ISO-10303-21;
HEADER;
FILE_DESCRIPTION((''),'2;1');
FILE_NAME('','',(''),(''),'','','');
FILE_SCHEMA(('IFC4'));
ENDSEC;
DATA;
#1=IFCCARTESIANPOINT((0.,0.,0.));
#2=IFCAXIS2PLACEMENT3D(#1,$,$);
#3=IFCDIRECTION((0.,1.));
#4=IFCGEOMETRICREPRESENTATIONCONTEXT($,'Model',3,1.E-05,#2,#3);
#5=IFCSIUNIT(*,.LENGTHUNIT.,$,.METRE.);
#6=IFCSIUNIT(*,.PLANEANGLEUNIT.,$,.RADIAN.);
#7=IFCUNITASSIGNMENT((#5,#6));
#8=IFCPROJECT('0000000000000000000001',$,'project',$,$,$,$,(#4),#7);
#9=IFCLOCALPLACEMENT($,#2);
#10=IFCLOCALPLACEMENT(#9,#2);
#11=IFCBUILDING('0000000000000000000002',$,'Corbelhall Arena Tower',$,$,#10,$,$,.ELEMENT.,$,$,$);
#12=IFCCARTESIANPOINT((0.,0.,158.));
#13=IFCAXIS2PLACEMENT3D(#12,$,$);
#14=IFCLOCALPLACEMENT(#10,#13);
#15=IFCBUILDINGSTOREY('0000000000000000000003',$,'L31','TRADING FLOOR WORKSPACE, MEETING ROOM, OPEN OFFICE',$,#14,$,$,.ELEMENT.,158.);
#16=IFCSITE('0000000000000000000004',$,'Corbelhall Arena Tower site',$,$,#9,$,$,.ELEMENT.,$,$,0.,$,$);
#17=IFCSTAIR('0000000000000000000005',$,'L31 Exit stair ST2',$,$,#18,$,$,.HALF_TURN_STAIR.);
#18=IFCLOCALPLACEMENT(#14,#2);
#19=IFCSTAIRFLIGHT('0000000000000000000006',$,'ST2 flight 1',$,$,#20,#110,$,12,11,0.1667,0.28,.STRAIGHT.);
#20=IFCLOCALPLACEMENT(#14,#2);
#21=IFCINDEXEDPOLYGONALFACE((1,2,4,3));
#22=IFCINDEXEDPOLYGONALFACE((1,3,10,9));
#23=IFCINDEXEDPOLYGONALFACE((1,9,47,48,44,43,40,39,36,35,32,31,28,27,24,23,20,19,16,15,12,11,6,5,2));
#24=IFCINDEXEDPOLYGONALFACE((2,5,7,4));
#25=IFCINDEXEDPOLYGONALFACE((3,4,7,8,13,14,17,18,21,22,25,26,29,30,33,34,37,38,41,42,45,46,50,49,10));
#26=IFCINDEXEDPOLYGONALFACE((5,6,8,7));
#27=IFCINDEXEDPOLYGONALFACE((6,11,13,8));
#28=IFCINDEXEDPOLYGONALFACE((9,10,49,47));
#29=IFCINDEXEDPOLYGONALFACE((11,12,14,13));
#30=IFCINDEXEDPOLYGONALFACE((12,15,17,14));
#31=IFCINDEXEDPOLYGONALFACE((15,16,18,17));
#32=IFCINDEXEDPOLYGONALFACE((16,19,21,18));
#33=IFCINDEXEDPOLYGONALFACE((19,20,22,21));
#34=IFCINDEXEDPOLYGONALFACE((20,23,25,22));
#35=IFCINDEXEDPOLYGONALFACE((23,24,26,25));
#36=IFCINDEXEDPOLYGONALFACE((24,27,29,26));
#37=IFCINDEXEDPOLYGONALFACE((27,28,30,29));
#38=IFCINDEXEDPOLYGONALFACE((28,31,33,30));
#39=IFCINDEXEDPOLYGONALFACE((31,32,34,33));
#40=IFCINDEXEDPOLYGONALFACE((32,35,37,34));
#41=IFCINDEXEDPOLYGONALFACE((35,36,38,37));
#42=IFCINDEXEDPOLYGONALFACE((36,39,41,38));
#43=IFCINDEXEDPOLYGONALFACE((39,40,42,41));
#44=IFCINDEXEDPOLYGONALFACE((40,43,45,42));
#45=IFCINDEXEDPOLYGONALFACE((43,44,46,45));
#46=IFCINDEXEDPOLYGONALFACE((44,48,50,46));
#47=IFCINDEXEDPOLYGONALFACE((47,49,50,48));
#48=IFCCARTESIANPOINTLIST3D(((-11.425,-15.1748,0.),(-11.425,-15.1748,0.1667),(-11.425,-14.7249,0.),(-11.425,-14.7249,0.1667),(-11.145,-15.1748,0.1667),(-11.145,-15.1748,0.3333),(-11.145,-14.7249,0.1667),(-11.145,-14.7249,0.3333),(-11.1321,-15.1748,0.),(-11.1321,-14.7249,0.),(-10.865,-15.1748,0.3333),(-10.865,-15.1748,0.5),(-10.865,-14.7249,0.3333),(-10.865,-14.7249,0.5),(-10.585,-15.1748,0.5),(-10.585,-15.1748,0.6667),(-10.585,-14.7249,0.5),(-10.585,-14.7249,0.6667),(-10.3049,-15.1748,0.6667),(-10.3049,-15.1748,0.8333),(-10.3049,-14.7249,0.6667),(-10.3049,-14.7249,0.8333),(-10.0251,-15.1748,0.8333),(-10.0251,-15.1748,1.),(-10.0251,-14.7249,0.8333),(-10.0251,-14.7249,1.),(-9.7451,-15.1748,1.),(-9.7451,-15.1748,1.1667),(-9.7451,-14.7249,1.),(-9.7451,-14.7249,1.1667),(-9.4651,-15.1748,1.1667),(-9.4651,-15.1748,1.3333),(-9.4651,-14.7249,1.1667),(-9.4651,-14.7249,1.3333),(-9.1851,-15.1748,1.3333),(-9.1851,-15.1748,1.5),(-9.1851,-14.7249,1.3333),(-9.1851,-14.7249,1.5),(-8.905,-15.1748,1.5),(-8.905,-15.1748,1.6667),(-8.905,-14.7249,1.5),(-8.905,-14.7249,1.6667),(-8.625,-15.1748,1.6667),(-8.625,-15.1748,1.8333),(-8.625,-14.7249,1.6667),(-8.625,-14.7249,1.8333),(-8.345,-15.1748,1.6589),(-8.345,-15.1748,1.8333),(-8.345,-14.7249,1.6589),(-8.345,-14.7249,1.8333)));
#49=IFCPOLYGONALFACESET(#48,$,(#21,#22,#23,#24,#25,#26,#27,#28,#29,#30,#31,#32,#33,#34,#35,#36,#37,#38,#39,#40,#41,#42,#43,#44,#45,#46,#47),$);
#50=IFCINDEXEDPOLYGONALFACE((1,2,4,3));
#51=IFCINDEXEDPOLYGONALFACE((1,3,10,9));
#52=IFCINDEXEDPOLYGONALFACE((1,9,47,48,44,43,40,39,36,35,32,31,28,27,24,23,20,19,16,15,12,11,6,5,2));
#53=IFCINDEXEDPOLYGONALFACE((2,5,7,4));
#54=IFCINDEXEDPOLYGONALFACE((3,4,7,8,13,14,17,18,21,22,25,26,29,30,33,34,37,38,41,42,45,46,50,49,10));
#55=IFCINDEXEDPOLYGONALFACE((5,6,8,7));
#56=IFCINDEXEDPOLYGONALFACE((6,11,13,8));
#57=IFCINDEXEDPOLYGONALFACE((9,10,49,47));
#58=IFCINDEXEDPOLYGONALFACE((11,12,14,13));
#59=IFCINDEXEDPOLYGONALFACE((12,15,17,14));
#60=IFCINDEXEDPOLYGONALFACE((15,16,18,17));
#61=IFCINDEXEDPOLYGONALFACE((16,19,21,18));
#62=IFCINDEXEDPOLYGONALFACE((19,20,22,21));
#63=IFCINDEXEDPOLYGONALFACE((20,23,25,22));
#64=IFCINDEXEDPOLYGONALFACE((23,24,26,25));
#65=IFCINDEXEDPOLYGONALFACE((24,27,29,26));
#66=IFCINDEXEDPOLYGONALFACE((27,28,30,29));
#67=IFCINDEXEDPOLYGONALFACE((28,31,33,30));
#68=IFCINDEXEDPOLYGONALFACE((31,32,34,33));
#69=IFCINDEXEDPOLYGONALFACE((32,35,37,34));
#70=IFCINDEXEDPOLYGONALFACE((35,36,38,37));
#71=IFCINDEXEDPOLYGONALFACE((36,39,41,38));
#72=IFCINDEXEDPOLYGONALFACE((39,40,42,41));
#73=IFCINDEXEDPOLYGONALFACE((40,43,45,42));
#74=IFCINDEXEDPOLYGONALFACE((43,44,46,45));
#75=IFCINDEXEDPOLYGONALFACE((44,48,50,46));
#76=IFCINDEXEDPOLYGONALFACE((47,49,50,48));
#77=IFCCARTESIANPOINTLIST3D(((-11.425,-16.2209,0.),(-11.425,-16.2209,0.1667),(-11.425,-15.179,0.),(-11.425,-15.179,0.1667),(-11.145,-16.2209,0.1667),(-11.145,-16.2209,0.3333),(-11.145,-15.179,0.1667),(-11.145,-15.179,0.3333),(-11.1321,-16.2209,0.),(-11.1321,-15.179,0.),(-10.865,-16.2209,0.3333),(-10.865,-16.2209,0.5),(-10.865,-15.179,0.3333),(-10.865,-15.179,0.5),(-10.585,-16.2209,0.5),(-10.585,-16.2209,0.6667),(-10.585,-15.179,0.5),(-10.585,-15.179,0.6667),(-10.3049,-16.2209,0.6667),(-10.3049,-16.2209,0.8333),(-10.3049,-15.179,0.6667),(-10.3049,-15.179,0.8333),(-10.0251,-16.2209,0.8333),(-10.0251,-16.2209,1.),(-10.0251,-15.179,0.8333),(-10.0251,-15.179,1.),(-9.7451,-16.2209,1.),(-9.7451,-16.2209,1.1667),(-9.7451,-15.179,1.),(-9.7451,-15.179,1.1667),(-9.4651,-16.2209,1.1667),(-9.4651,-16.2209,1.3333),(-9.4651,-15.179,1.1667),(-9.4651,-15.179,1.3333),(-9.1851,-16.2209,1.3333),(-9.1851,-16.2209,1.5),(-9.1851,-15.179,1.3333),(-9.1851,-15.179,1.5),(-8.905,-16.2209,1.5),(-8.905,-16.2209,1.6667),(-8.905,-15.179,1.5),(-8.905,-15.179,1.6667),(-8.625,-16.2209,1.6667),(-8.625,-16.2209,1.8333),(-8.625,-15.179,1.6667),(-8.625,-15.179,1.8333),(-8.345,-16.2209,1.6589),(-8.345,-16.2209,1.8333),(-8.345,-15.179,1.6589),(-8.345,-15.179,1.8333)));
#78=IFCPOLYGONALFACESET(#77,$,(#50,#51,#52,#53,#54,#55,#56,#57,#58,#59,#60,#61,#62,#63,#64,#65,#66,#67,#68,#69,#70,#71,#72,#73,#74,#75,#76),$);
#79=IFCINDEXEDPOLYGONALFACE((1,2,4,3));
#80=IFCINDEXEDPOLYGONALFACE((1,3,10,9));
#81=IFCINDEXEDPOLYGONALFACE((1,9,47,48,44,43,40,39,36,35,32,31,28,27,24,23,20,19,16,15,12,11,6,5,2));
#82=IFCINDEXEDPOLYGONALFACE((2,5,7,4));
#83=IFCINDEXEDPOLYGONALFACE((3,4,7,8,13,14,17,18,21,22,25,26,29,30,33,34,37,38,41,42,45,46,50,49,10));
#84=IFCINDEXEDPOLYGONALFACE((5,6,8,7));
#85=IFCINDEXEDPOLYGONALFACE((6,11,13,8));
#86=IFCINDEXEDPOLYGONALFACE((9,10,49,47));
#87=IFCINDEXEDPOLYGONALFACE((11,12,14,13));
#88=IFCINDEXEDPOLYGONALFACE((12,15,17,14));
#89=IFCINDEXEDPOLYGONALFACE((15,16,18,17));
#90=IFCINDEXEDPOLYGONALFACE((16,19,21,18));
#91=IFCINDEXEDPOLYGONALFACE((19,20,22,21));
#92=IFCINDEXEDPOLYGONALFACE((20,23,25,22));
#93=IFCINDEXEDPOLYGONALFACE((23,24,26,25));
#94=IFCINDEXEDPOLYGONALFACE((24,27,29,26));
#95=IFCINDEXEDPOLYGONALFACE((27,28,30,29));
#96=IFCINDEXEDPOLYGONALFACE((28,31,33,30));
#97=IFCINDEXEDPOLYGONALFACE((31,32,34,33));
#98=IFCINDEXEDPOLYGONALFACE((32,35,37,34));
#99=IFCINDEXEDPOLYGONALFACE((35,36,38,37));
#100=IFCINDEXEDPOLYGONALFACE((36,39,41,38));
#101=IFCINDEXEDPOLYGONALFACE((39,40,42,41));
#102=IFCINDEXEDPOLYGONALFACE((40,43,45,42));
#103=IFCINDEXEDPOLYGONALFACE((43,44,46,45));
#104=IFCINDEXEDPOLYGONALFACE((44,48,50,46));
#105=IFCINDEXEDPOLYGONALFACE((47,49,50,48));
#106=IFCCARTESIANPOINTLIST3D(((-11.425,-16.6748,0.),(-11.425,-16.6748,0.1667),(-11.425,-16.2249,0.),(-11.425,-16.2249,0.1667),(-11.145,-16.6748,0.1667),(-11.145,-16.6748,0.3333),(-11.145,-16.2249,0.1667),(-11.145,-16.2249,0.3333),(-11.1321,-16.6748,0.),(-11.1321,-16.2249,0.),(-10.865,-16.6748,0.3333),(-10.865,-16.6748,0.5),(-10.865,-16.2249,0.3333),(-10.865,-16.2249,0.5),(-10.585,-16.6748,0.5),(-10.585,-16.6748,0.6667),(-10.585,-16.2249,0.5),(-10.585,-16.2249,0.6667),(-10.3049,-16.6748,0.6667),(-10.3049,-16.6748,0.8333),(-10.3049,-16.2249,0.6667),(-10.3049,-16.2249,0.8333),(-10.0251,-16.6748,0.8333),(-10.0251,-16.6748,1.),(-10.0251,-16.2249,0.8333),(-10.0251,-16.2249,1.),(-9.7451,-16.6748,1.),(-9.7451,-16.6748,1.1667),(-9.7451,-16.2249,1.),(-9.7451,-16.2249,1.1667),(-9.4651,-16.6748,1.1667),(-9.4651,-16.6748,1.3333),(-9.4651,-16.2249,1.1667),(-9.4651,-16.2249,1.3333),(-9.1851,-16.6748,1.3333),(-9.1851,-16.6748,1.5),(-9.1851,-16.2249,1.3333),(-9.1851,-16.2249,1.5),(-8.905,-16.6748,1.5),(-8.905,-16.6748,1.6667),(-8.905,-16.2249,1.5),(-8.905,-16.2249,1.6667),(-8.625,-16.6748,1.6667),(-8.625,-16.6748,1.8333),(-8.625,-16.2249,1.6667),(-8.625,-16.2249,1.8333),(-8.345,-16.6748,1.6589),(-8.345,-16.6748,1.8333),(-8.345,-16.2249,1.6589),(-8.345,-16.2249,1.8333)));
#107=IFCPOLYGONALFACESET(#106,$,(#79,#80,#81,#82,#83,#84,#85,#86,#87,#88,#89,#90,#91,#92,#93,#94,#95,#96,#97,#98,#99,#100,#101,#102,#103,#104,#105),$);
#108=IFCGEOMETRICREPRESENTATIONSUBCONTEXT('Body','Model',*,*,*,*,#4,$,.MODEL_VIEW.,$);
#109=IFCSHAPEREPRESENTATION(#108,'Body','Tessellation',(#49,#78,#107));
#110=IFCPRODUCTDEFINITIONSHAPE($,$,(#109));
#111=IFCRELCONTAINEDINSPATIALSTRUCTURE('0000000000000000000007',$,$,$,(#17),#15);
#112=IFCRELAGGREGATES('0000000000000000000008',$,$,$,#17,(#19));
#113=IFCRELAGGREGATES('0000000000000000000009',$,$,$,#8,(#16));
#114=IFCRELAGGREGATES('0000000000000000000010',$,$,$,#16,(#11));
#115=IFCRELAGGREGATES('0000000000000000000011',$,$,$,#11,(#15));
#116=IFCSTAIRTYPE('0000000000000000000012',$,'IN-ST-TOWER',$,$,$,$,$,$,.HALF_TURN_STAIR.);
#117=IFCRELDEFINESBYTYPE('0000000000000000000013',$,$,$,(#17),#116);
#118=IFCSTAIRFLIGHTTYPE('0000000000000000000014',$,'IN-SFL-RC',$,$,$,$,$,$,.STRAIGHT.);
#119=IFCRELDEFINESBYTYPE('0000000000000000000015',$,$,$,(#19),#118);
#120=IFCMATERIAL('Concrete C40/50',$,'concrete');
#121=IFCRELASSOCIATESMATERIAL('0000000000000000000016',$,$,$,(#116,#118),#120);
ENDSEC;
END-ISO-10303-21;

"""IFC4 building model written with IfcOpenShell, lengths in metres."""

from ifc_helpers import new_model, si_unit, direction, frame, origin, place, context, subcontext, project, spatial, polyline, outline, extrude, material, type_object, element, aggregate, save


model = new_model("IFC4")

# Units and contexts
model_context = context("Model", 3, precision=1e-05, world=origin(), true_north=direction((0.0, 1.0)))
body_context = subcontext(model_context, "Body", "Model", "MODEL_VIEW")
ifc_project = project(units=[si_unit("LENGTHUNIT", "METRE"), si_unit("PLANEANGLEUNIT", "RADIAN")], contexts=[model_context])

# Site, building, storey
site_placement = place(None, origin())
site = spatial("IfcSite", under=ifc_project, at=site_placement, Name="Corbelhall Arena Tower site", CompositionType="ELEMENT", RefElevation=0.0)
building_placement = place(site_placement, origin())
building = spatial("IfcBuilding", under=site, at=building_placement, Name="Corbelhall Arena Tower", CompositionType="ELEMENT")
storey_placement = place(building_placement, frame((0.0, 0.0, 158.0)))
storey = spatial("IfcBuildingStorey", under=building, at=storey_placement, Name="L31", Description="TRADING FLOOR WORKSPACE, MEETING ROOM, OPEN OFFICE", CompositionType="ELEMENT", Elevation=158.0)

# Shared definitions
ifc_material_1 = material(Name="Concrete C40/50", Category="concrete")

# Stair, stair flight
stair_type = type_object("IfcStairType", Name="IN-ST-TOWER", PredefinedType="HALF_TURN_STAIR", material=ifc_material_1)
stair_placement = place(storey_placement, origin())
stair = element("IfcStair", 1, at=stair_placement, inside=storey, type_object=stair_type, Name="L31 Exit stair ST2", PredefinedType="HALF_TURN_STAIR")
stair_flight_type = type_object("IfcStairFlightType", Name="IN-SFL-RC", PredefinedType="STRAIGHT", material=ifc_material_1)
stair_flight_1_placement = place(storey_placement, frame((-11.425, -15.7, 0.0), z_axis=(0.0, 0.0, 1.0), x_axis=(1.0, 0.0, 0.0)))
stair_flight_1 = element("IfcStairFlight", 2, at=stair_flight_1_placement, type_object=stair_flight_type, Name="ST2 flight 1", NumberOfRisers=12, NumberOfTreads=11, PredefinedType="STRAIGHT", RiserHeight=0.1667, TreadLength=0.28, context=body_context, shape_type="SweptSolid", body=[
    extrude(outline(polyline([(0.0, 0.0), (0.0, 0.1667), (0.28, 0.1667), (0.28, 0.3333), (0.5601, 0.3333), (0.5601, 0.5), (0.8401, 0.5), (0.8401, 0.6667), (1.1201, 0.6667), (1.1201, 0.8333), (1.3999, 0.8333), (1.3999, 1.0), (1.6799, 1.0), (1.6799, 1.1667), (1.96, 1.1667), (1.96, 1.3333), (2.24, 1.3333), (2.24, 1.5), (2.52, 1.5), (2.52, 1.6667), (2.8, 1.6667), (2.8, 1.8333), (3.0801, 1.8333), (3.0801, 2.0), (3.0801, 1.6589), (0.293, 0.0), (0.0, 0.0)])), frame((0.0, 0.9751, 0.0), z_axis=(0.0, -1.0, 0.0), x_axis=(1.0, 0.0, 0.0)), (0.0, 0.0, 1.0), 0.45),
    extrude(outline(polyline([(0.0, 0.0), (0.0, 0.1667), (0.28, 0.1667), (0.28, 0.3333), (0.5601, 0.3333), (0.5601, 0.5), (0.8401, 0.5), (0.8401, 0.6667), (1.1201, 0.6667), (1.1201, 0.8333), (1.3999, 0.8333), (1.3999, 1.0), (1.6799, 1.0), (1.6799, 1.1667), (1.96, 1.1667), (1.96, 1.3333), (2.24, 1.3333), (2.24, 1.5), (2.52, 1.5), (2.52, 1.6667), (2.8, 1.6667), (2.8, 1.8333), (3.0801, 1.8333), (3.0801, 2.0), (3.0801, 1.6589), (0.293, 0.0), (0.0, 0.0)])), frame((0.0, 0.521, 0.0), z_axis=(0.0, -1.0, 0.0), x_axis=(1.0, 0.0, 0.0)), (0.0, 0.0, 1.0), 1.042),
    extrude(outline(polyline([(0.0, 0.0), (0.0, 0.1667), (0.28, 0.1667), (0.28, 0.3333), (0.5601, 0.3333), (0.5601, 0.5), (0.8401, 0.5), (0.8401, 0.6667), (1.1201, 0.6667), (1.1201, 0.8333), (1.3999, 0.8333), (1.3999, 1.0), (1.6799, 1.0), (1.6799, 1.1667), (1.96, 1.1667), (1.96, 1.3333), (2.24, 1.3333), (2.24, 1.5), (2.52, 1.5), (2.52, 1.6667), (2.8, 1.6667), (2.8, 1.8333), (3.0801, 1.8333), (3.0801, 2.0), (3.0801, 1.6589), (0.293, 0.0), (0.0, 0.0)])), frame((0.0, -0.5249, 0.0), z_axis=(0.0, -1.0, 0.0), x_axis=(1.0, 0.0, 0.0)), (0.0, 0.0, 1.0), 0.45),
])
aggregate(stair, [stair_flight_1])

save(model, "model.ifc")
